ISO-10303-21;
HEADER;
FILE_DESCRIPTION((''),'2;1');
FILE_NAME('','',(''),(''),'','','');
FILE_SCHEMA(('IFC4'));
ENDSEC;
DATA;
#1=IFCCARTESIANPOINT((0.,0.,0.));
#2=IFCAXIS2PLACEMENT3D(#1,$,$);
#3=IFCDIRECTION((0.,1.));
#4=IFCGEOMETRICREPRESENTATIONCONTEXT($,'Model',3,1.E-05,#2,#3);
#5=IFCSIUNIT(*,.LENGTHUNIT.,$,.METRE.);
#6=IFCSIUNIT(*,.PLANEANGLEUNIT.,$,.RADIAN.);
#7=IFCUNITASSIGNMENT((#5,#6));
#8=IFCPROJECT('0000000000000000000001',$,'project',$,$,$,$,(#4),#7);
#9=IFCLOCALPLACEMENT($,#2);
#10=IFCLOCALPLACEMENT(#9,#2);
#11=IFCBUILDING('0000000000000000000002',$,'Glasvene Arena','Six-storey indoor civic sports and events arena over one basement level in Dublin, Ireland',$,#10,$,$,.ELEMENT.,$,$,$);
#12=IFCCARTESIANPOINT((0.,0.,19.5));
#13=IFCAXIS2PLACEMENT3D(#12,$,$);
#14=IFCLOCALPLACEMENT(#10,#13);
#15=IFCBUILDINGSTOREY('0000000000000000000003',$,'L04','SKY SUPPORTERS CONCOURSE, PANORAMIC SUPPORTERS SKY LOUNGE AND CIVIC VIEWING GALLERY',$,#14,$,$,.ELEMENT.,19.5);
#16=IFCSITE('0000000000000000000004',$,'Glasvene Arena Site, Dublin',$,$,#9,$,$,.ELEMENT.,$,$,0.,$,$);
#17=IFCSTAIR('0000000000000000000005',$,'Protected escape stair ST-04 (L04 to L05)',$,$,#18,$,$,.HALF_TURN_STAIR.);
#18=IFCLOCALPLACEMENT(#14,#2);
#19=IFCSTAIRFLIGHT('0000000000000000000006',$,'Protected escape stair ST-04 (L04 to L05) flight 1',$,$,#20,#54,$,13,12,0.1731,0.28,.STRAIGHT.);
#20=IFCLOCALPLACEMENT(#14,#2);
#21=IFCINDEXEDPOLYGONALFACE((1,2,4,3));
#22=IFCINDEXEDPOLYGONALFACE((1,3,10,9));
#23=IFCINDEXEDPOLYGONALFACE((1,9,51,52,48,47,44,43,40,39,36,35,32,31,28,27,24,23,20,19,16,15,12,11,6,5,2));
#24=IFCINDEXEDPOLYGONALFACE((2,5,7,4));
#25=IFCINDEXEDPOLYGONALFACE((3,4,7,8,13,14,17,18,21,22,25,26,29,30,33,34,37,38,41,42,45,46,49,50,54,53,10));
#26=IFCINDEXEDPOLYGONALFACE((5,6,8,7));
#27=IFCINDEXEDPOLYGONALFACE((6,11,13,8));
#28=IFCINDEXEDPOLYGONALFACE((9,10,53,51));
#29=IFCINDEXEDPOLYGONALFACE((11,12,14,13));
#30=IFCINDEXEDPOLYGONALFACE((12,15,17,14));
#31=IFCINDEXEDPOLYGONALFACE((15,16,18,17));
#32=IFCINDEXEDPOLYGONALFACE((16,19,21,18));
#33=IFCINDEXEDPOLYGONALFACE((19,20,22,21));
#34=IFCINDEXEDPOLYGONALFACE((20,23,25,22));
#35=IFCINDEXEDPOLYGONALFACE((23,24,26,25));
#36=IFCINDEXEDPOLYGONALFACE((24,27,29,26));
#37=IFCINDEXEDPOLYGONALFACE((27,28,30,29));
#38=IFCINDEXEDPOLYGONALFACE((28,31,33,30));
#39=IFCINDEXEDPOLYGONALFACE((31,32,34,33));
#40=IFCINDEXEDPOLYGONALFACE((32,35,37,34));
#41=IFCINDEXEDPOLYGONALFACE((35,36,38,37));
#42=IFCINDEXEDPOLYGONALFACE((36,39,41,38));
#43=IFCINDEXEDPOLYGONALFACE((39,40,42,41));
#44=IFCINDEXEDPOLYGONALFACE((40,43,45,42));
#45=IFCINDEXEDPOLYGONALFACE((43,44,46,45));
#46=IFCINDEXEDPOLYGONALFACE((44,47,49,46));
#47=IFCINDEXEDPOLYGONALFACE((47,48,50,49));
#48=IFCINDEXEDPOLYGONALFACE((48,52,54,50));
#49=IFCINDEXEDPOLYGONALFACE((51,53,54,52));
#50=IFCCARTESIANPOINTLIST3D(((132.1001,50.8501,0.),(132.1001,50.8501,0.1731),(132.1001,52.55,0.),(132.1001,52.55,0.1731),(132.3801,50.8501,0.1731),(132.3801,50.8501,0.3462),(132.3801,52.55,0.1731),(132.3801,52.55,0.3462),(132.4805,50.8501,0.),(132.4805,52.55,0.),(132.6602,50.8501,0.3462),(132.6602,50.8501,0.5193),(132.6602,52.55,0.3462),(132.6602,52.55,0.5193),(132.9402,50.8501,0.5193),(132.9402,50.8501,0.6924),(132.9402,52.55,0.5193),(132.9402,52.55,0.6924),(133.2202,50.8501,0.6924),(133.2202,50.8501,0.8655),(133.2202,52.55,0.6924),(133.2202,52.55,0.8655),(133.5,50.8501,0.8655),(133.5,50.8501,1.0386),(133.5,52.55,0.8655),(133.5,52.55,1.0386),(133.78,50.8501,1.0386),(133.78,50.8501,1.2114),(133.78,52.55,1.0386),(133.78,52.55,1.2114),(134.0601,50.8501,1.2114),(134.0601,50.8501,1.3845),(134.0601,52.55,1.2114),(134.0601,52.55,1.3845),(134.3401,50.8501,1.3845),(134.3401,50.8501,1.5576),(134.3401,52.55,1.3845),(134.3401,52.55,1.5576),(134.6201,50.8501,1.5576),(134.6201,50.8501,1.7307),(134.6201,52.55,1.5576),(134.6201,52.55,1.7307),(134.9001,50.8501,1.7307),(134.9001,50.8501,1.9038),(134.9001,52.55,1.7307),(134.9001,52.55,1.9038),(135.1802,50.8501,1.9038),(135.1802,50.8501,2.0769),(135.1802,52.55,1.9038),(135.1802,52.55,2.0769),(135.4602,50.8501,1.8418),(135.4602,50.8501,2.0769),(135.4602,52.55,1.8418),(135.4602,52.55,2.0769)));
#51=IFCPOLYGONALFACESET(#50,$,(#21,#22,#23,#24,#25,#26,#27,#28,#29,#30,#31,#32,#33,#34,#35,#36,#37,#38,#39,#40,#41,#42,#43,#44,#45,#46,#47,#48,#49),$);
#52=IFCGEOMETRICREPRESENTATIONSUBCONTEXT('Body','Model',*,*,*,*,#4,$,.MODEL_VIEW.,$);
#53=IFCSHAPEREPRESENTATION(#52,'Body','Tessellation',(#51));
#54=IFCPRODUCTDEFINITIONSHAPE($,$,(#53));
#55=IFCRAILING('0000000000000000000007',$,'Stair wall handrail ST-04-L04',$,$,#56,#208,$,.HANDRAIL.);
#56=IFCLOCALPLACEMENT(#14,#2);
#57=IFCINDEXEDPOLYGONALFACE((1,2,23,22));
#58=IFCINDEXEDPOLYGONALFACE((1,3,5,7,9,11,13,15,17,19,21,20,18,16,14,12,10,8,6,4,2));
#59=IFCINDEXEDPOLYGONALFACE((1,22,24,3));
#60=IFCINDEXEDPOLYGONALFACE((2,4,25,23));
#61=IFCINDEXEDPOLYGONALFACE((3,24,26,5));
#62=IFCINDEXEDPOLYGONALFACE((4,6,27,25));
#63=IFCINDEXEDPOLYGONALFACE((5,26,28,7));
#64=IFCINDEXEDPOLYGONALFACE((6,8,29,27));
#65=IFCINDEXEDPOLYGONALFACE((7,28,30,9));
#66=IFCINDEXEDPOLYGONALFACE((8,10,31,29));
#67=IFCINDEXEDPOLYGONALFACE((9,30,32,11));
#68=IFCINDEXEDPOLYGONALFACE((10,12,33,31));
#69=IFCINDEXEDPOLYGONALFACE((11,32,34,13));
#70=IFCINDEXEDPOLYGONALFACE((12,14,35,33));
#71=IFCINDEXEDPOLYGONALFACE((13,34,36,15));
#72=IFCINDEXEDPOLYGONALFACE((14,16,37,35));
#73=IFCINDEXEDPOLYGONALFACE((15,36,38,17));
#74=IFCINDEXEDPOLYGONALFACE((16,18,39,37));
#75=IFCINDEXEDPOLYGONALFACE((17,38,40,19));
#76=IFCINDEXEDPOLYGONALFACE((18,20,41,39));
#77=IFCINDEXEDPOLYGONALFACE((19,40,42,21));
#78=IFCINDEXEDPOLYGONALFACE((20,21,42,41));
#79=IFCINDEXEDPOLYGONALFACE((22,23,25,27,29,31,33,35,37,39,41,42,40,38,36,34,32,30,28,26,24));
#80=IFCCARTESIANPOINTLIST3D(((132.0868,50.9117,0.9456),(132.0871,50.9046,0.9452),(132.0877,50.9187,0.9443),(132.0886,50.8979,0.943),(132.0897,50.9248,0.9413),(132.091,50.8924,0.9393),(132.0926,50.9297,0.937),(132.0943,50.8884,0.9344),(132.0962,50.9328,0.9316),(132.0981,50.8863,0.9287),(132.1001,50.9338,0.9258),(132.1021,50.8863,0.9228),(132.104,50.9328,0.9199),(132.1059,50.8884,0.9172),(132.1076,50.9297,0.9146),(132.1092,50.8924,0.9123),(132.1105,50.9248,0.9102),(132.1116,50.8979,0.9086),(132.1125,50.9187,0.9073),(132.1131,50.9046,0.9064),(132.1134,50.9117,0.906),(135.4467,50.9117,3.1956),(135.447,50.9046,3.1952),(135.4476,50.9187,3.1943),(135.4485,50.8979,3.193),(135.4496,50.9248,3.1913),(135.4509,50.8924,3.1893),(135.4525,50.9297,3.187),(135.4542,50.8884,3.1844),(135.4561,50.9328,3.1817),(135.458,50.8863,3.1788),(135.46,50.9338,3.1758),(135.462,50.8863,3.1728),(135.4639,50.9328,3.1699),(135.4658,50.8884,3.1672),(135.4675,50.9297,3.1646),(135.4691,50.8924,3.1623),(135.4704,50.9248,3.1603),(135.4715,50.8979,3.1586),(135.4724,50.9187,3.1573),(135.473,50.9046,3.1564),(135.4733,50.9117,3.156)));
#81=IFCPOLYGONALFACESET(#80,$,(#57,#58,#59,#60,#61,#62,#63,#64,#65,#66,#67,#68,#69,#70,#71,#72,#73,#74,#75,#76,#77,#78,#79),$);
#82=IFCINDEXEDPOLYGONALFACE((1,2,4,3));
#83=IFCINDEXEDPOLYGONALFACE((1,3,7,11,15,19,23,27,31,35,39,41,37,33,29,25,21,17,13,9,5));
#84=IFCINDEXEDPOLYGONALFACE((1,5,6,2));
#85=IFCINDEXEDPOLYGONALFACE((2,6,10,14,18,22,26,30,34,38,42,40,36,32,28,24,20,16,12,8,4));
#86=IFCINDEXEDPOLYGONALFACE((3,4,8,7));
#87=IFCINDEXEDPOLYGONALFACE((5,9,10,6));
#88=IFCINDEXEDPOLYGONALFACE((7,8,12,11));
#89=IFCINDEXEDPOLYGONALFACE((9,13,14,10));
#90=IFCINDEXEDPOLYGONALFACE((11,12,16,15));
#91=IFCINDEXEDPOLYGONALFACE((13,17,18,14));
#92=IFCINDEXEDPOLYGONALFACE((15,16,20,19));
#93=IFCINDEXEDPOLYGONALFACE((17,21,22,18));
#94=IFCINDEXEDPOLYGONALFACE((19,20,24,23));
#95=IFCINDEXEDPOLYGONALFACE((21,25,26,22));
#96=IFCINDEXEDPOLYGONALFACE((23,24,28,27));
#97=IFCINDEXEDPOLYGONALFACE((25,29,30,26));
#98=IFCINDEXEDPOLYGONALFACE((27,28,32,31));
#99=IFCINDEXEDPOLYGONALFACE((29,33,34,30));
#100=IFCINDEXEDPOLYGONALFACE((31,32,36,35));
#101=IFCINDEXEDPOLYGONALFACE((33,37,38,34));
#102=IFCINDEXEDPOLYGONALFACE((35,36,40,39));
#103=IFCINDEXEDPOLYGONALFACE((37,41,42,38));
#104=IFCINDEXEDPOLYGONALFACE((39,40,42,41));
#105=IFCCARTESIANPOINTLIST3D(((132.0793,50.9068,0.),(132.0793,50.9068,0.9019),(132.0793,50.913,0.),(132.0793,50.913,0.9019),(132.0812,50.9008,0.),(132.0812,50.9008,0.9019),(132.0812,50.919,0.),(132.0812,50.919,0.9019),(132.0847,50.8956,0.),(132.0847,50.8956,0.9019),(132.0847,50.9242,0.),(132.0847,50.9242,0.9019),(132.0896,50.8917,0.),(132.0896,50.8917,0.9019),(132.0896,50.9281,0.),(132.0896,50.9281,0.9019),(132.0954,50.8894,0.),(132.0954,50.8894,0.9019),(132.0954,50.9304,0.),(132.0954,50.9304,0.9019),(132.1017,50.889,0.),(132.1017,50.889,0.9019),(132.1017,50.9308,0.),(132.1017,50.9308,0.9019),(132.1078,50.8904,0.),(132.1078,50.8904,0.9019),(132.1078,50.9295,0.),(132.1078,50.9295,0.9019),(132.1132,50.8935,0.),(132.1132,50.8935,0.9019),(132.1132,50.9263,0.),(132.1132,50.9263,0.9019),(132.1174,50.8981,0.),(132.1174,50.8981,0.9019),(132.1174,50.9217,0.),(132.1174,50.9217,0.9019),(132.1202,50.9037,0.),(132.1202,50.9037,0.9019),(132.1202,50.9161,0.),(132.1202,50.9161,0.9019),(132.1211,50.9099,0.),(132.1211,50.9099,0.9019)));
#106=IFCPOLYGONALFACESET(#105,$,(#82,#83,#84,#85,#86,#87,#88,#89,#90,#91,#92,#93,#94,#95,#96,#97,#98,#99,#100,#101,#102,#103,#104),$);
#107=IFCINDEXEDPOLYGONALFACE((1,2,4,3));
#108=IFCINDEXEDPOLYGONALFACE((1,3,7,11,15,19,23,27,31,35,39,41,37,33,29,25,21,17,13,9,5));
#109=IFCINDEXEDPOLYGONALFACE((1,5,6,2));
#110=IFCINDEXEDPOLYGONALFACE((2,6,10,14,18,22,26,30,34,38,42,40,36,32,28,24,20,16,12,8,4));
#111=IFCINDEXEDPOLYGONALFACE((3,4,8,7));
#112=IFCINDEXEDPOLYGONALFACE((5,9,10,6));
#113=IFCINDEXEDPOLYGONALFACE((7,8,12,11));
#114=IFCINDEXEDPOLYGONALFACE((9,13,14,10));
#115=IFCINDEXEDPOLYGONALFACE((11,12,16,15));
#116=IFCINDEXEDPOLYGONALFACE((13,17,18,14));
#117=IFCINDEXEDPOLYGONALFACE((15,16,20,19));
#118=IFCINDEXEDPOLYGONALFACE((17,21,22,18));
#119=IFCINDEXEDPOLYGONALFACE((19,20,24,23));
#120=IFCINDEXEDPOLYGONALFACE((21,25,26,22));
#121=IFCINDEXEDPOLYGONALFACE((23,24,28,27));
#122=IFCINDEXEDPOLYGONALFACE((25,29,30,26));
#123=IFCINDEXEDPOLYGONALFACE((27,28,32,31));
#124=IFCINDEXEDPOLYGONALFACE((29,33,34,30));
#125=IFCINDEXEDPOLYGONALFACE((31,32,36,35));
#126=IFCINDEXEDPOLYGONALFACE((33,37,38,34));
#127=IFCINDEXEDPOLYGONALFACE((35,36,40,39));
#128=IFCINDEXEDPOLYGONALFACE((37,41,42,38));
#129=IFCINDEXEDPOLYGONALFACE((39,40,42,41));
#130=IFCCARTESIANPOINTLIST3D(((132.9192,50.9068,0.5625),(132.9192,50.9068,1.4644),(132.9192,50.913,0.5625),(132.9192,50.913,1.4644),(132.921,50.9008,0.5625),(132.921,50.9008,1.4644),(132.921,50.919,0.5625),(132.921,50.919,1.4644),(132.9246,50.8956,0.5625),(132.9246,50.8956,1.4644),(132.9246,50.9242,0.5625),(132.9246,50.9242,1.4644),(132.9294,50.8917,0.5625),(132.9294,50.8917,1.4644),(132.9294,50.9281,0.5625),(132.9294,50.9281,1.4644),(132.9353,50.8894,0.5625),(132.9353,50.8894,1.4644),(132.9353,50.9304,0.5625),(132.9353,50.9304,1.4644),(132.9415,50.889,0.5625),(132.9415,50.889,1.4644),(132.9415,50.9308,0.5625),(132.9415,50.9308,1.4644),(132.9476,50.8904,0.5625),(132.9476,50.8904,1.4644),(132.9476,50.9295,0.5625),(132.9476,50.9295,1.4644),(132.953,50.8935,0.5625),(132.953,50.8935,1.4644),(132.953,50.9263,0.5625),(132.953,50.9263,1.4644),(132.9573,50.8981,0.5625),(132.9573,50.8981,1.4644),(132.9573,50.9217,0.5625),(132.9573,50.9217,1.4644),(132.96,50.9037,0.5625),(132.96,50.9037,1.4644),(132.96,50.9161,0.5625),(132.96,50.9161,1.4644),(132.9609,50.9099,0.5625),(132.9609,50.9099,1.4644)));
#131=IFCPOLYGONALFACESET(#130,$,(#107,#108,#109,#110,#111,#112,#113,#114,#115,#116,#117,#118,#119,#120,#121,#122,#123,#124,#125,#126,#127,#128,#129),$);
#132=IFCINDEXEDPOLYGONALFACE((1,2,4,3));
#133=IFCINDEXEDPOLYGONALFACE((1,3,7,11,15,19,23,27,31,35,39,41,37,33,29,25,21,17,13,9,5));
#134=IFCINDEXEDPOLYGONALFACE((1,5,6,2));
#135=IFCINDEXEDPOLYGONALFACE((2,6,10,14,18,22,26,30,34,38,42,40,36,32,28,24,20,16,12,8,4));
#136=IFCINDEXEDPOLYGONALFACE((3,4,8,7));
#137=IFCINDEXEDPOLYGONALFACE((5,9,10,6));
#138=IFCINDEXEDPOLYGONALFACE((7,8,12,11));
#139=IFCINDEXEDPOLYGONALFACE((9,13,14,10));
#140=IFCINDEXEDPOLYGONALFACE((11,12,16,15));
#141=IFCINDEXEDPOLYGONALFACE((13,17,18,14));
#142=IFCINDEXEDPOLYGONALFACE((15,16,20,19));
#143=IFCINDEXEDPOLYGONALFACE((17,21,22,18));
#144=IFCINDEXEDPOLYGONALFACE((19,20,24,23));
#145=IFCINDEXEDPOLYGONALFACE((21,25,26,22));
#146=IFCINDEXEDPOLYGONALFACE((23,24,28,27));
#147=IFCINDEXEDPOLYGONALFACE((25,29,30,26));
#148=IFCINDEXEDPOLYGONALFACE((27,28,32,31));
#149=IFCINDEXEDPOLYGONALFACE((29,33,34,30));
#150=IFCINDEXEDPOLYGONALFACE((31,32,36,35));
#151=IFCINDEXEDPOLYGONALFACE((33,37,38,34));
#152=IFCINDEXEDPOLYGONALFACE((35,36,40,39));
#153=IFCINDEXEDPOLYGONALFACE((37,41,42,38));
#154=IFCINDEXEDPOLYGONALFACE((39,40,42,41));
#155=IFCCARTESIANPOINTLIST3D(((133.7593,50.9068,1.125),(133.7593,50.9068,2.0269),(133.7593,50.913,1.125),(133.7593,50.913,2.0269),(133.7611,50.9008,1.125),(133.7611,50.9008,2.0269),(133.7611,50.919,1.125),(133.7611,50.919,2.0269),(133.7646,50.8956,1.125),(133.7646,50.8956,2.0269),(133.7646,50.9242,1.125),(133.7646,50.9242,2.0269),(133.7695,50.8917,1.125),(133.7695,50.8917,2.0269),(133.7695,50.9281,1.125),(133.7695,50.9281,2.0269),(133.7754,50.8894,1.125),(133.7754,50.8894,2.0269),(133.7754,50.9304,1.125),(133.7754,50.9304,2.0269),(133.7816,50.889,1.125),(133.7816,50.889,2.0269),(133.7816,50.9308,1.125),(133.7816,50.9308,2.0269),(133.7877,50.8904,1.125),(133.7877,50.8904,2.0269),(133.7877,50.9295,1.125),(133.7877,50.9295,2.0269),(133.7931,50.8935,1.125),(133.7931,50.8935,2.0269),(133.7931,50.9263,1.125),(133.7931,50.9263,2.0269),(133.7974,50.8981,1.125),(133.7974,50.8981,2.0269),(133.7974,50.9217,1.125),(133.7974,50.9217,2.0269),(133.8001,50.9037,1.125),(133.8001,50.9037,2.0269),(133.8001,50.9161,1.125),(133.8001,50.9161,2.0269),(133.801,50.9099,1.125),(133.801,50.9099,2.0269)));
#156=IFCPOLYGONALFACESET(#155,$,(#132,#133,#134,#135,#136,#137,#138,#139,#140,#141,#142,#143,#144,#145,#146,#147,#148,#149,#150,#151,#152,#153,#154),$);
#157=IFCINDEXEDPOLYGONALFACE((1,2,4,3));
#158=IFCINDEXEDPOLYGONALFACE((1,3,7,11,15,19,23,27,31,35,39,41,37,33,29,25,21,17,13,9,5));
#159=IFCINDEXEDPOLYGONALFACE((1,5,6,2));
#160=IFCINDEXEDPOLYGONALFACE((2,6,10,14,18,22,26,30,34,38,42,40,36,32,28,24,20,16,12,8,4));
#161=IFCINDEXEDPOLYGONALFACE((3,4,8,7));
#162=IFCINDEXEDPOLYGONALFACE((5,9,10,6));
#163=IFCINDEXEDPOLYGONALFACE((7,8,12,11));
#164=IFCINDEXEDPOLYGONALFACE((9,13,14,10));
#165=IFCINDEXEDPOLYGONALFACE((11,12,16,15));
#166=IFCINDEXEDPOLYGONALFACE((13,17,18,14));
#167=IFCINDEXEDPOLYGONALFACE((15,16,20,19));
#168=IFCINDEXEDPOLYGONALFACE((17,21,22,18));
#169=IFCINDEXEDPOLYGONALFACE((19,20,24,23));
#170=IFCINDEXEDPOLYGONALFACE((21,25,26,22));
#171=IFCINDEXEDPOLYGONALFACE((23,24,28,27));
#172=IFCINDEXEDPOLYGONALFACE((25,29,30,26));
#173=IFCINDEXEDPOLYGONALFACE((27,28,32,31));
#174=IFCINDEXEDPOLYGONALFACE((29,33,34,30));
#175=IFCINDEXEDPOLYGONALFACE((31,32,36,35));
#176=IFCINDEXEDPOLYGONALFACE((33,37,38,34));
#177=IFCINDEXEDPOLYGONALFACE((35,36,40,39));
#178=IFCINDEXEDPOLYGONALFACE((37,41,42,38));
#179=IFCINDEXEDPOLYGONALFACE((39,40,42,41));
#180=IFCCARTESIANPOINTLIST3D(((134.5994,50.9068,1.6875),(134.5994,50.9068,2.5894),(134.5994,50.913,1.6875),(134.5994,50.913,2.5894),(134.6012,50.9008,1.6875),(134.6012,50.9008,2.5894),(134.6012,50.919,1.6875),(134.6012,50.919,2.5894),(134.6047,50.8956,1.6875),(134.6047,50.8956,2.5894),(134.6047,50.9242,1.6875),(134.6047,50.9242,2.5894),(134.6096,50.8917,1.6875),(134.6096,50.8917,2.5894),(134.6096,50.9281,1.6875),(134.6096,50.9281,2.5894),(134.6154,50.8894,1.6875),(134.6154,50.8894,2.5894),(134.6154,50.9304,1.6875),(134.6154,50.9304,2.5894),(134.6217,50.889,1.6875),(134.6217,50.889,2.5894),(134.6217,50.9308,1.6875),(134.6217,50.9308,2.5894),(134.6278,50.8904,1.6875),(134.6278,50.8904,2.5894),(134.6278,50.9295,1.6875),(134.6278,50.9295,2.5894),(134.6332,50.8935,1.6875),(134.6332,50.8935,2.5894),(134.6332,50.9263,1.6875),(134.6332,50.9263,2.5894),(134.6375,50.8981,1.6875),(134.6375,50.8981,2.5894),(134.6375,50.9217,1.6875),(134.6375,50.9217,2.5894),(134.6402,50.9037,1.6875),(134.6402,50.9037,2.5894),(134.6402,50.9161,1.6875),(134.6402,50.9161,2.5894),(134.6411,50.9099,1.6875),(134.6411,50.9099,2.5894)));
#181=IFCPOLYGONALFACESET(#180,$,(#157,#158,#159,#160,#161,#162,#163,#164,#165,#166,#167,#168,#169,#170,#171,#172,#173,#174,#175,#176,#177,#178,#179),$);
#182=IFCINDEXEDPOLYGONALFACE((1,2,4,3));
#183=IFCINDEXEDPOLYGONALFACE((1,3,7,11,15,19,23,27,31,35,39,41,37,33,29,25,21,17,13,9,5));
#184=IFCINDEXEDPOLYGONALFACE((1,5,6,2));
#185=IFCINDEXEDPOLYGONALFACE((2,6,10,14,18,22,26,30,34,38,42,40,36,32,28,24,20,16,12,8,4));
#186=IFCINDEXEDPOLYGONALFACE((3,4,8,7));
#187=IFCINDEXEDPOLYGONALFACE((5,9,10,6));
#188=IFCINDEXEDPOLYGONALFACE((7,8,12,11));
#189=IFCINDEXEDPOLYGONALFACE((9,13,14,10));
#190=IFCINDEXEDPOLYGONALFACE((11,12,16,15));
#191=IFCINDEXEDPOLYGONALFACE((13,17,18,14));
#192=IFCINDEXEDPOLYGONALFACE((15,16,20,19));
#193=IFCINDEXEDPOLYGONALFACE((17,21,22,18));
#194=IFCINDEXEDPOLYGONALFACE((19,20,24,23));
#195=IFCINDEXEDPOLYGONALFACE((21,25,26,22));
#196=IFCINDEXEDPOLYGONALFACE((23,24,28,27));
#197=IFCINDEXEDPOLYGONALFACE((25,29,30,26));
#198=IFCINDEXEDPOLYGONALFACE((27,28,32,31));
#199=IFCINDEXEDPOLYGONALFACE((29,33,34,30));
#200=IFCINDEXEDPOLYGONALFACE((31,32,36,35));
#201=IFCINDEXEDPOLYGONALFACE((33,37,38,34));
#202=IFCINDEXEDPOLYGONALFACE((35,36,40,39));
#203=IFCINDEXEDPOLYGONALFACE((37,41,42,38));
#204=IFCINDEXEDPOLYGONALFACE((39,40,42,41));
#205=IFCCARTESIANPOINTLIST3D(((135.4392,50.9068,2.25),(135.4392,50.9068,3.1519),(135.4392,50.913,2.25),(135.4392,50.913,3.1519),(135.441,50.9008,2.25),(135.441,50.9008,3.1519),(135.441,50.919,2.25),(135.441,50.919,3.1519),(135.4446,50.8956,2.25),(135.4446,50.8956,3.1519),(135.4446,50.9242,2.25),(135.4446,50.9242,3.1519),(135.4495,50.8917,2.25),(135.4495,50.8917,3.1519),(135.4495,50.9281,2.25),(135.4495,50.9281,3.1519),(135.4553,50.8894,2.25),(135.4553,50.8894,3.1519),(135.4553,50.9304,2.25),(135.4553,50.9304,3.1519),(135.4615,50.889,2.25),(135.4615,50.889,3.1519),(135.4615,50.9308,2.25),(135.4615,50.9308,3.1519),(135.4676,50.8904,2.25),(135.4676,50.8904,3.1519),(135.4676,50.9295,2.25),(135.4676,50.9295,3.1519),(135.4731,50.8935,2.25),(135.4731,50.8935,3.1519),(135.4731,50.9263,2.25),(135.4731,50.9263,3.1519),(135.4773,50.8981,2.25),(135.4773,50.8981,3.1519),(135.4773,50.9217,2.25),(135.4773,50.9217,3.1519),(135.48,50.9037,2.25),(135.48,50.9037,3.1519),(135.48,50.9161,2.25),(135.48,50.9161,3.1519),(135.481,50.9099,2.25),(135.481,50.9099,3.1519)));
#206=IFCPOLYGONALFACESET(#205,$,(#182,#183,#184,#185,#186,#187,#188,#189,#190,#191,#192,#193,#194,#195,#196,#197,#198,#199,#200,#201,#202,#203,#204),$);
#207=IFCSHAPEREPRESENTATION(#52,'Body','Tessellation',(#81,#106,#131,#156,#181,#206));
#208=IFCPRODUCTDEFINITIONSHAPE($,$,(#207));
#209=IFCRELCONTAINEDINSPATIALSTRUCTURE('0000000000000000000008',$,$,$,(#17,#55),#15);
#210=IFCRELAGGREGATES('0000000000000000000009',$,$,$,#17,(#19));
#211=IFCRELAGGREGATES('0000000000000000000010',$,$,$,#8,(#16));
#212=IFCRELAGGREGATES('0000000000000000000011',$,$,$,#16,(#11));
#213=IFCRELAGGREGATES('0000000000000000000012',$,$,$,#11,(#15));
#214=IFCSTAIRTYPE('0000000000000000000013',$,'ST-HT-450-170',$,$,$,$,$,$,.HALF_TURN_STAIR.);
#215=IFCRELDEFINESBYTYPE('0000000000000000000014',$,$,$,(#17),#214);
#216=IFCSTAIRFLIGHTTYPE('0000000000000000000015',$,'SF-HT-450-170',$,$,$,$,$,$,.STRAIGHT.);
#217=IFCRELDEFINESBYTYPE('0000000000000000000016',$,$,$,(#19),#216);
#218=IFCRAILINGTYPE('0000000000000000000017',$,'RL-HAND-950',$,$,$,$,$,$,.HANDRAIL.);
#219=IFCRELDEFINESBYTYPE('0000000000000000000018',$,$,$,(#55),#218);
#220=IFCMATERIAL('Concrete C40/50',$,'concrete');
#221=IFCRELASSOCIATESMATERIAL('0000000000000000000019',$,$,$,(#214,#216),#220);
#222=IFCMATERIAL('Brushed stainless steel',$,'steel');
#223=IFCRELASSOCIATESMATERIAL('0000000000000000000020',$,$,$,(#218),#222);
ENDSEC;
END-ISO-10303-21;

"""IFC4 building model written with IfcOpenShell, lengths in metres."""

from ifc_helpers import new_model, si_unit, direction, frame, origin, origin_2d, place, context, subcontext, project, spatial, polyline, circle, outline, extrude, material, type_object, element, aggregate, save


model = new_model("IFC4")

# Units and contexts
model_context = context("Model", 3, precision=1e-05, world=origin(), true_north=direction((0.0, 1.0)))
body_context = subcontext(model_context, "Body", "Model", "MODEL_VIEW")
ifc_project = project(units=[si_unit("LENGTHUNIT", "METRE"), si_unit("PLANEANGLEUNIT", "RADIAN")], contexts=[model_context])

# Site, building, storey
site_placement = place(None, origin())
site = spatial("IfcSite", under=ifc_project, at=site_placement, Name="Glasvene Arena Site, Dublin", CompositionType="ELEMENT", RefElevation=0.0)
building_placement = place(site_placement, origin())
building = spatial("IfcBuilding", under=site, at=building_placement, Name="Glasvene Arena", Description="Six-storey indoor civic sports and events arena over one basement level in Dublin, Ireland", CompositionType="ELEMENT")
storey_placement = place(building_placement, frame((0.0, 0.0, 19.5)))
storey = spatial("IfcBuildingStorey", under=building, at=storey_placement, Name="L04", Description="SKY SUPPORTERS CONCOURSE, PANORAMIC SUPPORTERS SKY LOUNGE AND CIVIC VIEWING GALLERY", CompositionType="ELEMENT", Elevation=19.5)

# Shared definitions
ifc_material_1 = material(Name="Concrete C40/50", Category="concrete")

# Stair, stair flight
stair_type = type_object("IfcStairType", Name="ST-HT-450-170", PredefinedType="HALF_TURN_STAIR", material=ifc_material_1)
stair_placement = place(storey_placement, origin())
stair = element("IfcStair", 1, at=stair_placement, inside=storey, type_object=stair_type, Name="Protected escape stair ST-04 (L04 to L05)", PredefinedType="HALF_TURN_STAIR")
stair_flight_type = type_object("IfcStairFlightType", Name="SF-HT-450-170", PredefinedType="STRAIGHT", material=ifc_material_1)
stair_flight_placement = place(storey_placement, frame((132.1001, 51.7, 0.0), z_axis=(0.0, 0.0, 1.0), x_axis=(1.0, 0.0, 0.0)))
stair_flight = element("IfcStairFlight", 2, at=stair_flight_placement, type_object=stair_flight_type, Name="Protected escape stair ST-04 (L04 to L05) flight 1", NumberOfRisers=13, NumberOfTreads=12, PredefinedType="STRAIGHT", RiserHeight=0.1731, TreadLength=0.28, context=body_context, shape_type="SweptSolid", body=[
    extrude(outline(polyline([(0.0, 0.0), (0.0, 0.1731), (0.28, 0.1731), (0.28, 0.3462), (0.5601, 0.3462), (0.5601, 0.5193), (0.8401, 0.5193), (0.8401, 0.6924), (1.1201, 0.6924), (1.1201, 0.8655), (1.3999, 0.8655), (1.3999, 1.0386), (1.6799, 1.0386), (1.6799, 1.2114), (1.96, 1.2114), (1.96, 1.3845), (2.24, 1.3845), (2.24, 1.5576), (2.52, 1.5576), (2.52, 1.7307), (2.8, 1.7307), (2.8, 1.9038), (3.0801, 1.9038), (3.0801, 2.0769), (3.3601, 2.0769), (3.3601, 2.25), (3.3601, 1.8418), (0.3804, 0.0), (0.0, 0.0)])), frame((0.0, 0.8501, 0.0), z_axis=(0.0, -1.0, 0.0), x_axis=(1.0, 0.0, 0.0)), (0.0, 0.0, 1.0), 1.7),
])
aggregate(stair, [stair_flight])

# Railing
ifc_material_2 = material(Name="Brushed stainless steel", Category="steel")
railing_type_1 = type_object("IfcRailingType", Name="RL-HAND-950", PredefinedType="HANDRAIL", material=ifc_material_2)
railing_1_placement = place(storey_placement, frame((132.1001, 50.9099, 0.0)))
element("IfcRailing", 3, at=railing_1_placement, inside=storey, type_object=railing_type_1, Name="Stair wall handrail ST-04-L04", PredefinedType="HANDRAIL", context=body_context, shape_type="SweptSolid", body=[
    extrude(circle(Radius=0.0239, at=origin_2d()), frame((0.0, 0.0, 0.9258), z_axis=(0.830897, 0.0, 0.556427), x_axis=(0.0, 1.0, 0.0)), (0.0, 0.0, 1.0), 4.0437),
    extrude(circle(Radius=0.021, at=origin_2d()), origin(), (0.0, 0.0, 1.0), 0.9019),
    extrude(circle(Radius=0.021, at=origin_2d()), frame((0.8398, 0.0, 0.5625)), (0.0, 0.0, 1.0), 0.9019),
    extrude(circle(Radius=0.021, at=origin_2d()), frame((1.6799, 0.0, 1.125)), (0.0, 0.0, 1.0), 0.9019),
    extrude(circle(Radius=0.021, at=origin_2d()), frame((2.52, 0.0, 1.6875)), (0.0, 0.0, 1.0), 0.9019),
    extrude(circle(Radius=0.021, at=origin_2d()), frame((3.3599, 0.0, 2.25)), (0.0, 0.0, 1.0), 0.9019),
])

save(model, "model.ifc")
